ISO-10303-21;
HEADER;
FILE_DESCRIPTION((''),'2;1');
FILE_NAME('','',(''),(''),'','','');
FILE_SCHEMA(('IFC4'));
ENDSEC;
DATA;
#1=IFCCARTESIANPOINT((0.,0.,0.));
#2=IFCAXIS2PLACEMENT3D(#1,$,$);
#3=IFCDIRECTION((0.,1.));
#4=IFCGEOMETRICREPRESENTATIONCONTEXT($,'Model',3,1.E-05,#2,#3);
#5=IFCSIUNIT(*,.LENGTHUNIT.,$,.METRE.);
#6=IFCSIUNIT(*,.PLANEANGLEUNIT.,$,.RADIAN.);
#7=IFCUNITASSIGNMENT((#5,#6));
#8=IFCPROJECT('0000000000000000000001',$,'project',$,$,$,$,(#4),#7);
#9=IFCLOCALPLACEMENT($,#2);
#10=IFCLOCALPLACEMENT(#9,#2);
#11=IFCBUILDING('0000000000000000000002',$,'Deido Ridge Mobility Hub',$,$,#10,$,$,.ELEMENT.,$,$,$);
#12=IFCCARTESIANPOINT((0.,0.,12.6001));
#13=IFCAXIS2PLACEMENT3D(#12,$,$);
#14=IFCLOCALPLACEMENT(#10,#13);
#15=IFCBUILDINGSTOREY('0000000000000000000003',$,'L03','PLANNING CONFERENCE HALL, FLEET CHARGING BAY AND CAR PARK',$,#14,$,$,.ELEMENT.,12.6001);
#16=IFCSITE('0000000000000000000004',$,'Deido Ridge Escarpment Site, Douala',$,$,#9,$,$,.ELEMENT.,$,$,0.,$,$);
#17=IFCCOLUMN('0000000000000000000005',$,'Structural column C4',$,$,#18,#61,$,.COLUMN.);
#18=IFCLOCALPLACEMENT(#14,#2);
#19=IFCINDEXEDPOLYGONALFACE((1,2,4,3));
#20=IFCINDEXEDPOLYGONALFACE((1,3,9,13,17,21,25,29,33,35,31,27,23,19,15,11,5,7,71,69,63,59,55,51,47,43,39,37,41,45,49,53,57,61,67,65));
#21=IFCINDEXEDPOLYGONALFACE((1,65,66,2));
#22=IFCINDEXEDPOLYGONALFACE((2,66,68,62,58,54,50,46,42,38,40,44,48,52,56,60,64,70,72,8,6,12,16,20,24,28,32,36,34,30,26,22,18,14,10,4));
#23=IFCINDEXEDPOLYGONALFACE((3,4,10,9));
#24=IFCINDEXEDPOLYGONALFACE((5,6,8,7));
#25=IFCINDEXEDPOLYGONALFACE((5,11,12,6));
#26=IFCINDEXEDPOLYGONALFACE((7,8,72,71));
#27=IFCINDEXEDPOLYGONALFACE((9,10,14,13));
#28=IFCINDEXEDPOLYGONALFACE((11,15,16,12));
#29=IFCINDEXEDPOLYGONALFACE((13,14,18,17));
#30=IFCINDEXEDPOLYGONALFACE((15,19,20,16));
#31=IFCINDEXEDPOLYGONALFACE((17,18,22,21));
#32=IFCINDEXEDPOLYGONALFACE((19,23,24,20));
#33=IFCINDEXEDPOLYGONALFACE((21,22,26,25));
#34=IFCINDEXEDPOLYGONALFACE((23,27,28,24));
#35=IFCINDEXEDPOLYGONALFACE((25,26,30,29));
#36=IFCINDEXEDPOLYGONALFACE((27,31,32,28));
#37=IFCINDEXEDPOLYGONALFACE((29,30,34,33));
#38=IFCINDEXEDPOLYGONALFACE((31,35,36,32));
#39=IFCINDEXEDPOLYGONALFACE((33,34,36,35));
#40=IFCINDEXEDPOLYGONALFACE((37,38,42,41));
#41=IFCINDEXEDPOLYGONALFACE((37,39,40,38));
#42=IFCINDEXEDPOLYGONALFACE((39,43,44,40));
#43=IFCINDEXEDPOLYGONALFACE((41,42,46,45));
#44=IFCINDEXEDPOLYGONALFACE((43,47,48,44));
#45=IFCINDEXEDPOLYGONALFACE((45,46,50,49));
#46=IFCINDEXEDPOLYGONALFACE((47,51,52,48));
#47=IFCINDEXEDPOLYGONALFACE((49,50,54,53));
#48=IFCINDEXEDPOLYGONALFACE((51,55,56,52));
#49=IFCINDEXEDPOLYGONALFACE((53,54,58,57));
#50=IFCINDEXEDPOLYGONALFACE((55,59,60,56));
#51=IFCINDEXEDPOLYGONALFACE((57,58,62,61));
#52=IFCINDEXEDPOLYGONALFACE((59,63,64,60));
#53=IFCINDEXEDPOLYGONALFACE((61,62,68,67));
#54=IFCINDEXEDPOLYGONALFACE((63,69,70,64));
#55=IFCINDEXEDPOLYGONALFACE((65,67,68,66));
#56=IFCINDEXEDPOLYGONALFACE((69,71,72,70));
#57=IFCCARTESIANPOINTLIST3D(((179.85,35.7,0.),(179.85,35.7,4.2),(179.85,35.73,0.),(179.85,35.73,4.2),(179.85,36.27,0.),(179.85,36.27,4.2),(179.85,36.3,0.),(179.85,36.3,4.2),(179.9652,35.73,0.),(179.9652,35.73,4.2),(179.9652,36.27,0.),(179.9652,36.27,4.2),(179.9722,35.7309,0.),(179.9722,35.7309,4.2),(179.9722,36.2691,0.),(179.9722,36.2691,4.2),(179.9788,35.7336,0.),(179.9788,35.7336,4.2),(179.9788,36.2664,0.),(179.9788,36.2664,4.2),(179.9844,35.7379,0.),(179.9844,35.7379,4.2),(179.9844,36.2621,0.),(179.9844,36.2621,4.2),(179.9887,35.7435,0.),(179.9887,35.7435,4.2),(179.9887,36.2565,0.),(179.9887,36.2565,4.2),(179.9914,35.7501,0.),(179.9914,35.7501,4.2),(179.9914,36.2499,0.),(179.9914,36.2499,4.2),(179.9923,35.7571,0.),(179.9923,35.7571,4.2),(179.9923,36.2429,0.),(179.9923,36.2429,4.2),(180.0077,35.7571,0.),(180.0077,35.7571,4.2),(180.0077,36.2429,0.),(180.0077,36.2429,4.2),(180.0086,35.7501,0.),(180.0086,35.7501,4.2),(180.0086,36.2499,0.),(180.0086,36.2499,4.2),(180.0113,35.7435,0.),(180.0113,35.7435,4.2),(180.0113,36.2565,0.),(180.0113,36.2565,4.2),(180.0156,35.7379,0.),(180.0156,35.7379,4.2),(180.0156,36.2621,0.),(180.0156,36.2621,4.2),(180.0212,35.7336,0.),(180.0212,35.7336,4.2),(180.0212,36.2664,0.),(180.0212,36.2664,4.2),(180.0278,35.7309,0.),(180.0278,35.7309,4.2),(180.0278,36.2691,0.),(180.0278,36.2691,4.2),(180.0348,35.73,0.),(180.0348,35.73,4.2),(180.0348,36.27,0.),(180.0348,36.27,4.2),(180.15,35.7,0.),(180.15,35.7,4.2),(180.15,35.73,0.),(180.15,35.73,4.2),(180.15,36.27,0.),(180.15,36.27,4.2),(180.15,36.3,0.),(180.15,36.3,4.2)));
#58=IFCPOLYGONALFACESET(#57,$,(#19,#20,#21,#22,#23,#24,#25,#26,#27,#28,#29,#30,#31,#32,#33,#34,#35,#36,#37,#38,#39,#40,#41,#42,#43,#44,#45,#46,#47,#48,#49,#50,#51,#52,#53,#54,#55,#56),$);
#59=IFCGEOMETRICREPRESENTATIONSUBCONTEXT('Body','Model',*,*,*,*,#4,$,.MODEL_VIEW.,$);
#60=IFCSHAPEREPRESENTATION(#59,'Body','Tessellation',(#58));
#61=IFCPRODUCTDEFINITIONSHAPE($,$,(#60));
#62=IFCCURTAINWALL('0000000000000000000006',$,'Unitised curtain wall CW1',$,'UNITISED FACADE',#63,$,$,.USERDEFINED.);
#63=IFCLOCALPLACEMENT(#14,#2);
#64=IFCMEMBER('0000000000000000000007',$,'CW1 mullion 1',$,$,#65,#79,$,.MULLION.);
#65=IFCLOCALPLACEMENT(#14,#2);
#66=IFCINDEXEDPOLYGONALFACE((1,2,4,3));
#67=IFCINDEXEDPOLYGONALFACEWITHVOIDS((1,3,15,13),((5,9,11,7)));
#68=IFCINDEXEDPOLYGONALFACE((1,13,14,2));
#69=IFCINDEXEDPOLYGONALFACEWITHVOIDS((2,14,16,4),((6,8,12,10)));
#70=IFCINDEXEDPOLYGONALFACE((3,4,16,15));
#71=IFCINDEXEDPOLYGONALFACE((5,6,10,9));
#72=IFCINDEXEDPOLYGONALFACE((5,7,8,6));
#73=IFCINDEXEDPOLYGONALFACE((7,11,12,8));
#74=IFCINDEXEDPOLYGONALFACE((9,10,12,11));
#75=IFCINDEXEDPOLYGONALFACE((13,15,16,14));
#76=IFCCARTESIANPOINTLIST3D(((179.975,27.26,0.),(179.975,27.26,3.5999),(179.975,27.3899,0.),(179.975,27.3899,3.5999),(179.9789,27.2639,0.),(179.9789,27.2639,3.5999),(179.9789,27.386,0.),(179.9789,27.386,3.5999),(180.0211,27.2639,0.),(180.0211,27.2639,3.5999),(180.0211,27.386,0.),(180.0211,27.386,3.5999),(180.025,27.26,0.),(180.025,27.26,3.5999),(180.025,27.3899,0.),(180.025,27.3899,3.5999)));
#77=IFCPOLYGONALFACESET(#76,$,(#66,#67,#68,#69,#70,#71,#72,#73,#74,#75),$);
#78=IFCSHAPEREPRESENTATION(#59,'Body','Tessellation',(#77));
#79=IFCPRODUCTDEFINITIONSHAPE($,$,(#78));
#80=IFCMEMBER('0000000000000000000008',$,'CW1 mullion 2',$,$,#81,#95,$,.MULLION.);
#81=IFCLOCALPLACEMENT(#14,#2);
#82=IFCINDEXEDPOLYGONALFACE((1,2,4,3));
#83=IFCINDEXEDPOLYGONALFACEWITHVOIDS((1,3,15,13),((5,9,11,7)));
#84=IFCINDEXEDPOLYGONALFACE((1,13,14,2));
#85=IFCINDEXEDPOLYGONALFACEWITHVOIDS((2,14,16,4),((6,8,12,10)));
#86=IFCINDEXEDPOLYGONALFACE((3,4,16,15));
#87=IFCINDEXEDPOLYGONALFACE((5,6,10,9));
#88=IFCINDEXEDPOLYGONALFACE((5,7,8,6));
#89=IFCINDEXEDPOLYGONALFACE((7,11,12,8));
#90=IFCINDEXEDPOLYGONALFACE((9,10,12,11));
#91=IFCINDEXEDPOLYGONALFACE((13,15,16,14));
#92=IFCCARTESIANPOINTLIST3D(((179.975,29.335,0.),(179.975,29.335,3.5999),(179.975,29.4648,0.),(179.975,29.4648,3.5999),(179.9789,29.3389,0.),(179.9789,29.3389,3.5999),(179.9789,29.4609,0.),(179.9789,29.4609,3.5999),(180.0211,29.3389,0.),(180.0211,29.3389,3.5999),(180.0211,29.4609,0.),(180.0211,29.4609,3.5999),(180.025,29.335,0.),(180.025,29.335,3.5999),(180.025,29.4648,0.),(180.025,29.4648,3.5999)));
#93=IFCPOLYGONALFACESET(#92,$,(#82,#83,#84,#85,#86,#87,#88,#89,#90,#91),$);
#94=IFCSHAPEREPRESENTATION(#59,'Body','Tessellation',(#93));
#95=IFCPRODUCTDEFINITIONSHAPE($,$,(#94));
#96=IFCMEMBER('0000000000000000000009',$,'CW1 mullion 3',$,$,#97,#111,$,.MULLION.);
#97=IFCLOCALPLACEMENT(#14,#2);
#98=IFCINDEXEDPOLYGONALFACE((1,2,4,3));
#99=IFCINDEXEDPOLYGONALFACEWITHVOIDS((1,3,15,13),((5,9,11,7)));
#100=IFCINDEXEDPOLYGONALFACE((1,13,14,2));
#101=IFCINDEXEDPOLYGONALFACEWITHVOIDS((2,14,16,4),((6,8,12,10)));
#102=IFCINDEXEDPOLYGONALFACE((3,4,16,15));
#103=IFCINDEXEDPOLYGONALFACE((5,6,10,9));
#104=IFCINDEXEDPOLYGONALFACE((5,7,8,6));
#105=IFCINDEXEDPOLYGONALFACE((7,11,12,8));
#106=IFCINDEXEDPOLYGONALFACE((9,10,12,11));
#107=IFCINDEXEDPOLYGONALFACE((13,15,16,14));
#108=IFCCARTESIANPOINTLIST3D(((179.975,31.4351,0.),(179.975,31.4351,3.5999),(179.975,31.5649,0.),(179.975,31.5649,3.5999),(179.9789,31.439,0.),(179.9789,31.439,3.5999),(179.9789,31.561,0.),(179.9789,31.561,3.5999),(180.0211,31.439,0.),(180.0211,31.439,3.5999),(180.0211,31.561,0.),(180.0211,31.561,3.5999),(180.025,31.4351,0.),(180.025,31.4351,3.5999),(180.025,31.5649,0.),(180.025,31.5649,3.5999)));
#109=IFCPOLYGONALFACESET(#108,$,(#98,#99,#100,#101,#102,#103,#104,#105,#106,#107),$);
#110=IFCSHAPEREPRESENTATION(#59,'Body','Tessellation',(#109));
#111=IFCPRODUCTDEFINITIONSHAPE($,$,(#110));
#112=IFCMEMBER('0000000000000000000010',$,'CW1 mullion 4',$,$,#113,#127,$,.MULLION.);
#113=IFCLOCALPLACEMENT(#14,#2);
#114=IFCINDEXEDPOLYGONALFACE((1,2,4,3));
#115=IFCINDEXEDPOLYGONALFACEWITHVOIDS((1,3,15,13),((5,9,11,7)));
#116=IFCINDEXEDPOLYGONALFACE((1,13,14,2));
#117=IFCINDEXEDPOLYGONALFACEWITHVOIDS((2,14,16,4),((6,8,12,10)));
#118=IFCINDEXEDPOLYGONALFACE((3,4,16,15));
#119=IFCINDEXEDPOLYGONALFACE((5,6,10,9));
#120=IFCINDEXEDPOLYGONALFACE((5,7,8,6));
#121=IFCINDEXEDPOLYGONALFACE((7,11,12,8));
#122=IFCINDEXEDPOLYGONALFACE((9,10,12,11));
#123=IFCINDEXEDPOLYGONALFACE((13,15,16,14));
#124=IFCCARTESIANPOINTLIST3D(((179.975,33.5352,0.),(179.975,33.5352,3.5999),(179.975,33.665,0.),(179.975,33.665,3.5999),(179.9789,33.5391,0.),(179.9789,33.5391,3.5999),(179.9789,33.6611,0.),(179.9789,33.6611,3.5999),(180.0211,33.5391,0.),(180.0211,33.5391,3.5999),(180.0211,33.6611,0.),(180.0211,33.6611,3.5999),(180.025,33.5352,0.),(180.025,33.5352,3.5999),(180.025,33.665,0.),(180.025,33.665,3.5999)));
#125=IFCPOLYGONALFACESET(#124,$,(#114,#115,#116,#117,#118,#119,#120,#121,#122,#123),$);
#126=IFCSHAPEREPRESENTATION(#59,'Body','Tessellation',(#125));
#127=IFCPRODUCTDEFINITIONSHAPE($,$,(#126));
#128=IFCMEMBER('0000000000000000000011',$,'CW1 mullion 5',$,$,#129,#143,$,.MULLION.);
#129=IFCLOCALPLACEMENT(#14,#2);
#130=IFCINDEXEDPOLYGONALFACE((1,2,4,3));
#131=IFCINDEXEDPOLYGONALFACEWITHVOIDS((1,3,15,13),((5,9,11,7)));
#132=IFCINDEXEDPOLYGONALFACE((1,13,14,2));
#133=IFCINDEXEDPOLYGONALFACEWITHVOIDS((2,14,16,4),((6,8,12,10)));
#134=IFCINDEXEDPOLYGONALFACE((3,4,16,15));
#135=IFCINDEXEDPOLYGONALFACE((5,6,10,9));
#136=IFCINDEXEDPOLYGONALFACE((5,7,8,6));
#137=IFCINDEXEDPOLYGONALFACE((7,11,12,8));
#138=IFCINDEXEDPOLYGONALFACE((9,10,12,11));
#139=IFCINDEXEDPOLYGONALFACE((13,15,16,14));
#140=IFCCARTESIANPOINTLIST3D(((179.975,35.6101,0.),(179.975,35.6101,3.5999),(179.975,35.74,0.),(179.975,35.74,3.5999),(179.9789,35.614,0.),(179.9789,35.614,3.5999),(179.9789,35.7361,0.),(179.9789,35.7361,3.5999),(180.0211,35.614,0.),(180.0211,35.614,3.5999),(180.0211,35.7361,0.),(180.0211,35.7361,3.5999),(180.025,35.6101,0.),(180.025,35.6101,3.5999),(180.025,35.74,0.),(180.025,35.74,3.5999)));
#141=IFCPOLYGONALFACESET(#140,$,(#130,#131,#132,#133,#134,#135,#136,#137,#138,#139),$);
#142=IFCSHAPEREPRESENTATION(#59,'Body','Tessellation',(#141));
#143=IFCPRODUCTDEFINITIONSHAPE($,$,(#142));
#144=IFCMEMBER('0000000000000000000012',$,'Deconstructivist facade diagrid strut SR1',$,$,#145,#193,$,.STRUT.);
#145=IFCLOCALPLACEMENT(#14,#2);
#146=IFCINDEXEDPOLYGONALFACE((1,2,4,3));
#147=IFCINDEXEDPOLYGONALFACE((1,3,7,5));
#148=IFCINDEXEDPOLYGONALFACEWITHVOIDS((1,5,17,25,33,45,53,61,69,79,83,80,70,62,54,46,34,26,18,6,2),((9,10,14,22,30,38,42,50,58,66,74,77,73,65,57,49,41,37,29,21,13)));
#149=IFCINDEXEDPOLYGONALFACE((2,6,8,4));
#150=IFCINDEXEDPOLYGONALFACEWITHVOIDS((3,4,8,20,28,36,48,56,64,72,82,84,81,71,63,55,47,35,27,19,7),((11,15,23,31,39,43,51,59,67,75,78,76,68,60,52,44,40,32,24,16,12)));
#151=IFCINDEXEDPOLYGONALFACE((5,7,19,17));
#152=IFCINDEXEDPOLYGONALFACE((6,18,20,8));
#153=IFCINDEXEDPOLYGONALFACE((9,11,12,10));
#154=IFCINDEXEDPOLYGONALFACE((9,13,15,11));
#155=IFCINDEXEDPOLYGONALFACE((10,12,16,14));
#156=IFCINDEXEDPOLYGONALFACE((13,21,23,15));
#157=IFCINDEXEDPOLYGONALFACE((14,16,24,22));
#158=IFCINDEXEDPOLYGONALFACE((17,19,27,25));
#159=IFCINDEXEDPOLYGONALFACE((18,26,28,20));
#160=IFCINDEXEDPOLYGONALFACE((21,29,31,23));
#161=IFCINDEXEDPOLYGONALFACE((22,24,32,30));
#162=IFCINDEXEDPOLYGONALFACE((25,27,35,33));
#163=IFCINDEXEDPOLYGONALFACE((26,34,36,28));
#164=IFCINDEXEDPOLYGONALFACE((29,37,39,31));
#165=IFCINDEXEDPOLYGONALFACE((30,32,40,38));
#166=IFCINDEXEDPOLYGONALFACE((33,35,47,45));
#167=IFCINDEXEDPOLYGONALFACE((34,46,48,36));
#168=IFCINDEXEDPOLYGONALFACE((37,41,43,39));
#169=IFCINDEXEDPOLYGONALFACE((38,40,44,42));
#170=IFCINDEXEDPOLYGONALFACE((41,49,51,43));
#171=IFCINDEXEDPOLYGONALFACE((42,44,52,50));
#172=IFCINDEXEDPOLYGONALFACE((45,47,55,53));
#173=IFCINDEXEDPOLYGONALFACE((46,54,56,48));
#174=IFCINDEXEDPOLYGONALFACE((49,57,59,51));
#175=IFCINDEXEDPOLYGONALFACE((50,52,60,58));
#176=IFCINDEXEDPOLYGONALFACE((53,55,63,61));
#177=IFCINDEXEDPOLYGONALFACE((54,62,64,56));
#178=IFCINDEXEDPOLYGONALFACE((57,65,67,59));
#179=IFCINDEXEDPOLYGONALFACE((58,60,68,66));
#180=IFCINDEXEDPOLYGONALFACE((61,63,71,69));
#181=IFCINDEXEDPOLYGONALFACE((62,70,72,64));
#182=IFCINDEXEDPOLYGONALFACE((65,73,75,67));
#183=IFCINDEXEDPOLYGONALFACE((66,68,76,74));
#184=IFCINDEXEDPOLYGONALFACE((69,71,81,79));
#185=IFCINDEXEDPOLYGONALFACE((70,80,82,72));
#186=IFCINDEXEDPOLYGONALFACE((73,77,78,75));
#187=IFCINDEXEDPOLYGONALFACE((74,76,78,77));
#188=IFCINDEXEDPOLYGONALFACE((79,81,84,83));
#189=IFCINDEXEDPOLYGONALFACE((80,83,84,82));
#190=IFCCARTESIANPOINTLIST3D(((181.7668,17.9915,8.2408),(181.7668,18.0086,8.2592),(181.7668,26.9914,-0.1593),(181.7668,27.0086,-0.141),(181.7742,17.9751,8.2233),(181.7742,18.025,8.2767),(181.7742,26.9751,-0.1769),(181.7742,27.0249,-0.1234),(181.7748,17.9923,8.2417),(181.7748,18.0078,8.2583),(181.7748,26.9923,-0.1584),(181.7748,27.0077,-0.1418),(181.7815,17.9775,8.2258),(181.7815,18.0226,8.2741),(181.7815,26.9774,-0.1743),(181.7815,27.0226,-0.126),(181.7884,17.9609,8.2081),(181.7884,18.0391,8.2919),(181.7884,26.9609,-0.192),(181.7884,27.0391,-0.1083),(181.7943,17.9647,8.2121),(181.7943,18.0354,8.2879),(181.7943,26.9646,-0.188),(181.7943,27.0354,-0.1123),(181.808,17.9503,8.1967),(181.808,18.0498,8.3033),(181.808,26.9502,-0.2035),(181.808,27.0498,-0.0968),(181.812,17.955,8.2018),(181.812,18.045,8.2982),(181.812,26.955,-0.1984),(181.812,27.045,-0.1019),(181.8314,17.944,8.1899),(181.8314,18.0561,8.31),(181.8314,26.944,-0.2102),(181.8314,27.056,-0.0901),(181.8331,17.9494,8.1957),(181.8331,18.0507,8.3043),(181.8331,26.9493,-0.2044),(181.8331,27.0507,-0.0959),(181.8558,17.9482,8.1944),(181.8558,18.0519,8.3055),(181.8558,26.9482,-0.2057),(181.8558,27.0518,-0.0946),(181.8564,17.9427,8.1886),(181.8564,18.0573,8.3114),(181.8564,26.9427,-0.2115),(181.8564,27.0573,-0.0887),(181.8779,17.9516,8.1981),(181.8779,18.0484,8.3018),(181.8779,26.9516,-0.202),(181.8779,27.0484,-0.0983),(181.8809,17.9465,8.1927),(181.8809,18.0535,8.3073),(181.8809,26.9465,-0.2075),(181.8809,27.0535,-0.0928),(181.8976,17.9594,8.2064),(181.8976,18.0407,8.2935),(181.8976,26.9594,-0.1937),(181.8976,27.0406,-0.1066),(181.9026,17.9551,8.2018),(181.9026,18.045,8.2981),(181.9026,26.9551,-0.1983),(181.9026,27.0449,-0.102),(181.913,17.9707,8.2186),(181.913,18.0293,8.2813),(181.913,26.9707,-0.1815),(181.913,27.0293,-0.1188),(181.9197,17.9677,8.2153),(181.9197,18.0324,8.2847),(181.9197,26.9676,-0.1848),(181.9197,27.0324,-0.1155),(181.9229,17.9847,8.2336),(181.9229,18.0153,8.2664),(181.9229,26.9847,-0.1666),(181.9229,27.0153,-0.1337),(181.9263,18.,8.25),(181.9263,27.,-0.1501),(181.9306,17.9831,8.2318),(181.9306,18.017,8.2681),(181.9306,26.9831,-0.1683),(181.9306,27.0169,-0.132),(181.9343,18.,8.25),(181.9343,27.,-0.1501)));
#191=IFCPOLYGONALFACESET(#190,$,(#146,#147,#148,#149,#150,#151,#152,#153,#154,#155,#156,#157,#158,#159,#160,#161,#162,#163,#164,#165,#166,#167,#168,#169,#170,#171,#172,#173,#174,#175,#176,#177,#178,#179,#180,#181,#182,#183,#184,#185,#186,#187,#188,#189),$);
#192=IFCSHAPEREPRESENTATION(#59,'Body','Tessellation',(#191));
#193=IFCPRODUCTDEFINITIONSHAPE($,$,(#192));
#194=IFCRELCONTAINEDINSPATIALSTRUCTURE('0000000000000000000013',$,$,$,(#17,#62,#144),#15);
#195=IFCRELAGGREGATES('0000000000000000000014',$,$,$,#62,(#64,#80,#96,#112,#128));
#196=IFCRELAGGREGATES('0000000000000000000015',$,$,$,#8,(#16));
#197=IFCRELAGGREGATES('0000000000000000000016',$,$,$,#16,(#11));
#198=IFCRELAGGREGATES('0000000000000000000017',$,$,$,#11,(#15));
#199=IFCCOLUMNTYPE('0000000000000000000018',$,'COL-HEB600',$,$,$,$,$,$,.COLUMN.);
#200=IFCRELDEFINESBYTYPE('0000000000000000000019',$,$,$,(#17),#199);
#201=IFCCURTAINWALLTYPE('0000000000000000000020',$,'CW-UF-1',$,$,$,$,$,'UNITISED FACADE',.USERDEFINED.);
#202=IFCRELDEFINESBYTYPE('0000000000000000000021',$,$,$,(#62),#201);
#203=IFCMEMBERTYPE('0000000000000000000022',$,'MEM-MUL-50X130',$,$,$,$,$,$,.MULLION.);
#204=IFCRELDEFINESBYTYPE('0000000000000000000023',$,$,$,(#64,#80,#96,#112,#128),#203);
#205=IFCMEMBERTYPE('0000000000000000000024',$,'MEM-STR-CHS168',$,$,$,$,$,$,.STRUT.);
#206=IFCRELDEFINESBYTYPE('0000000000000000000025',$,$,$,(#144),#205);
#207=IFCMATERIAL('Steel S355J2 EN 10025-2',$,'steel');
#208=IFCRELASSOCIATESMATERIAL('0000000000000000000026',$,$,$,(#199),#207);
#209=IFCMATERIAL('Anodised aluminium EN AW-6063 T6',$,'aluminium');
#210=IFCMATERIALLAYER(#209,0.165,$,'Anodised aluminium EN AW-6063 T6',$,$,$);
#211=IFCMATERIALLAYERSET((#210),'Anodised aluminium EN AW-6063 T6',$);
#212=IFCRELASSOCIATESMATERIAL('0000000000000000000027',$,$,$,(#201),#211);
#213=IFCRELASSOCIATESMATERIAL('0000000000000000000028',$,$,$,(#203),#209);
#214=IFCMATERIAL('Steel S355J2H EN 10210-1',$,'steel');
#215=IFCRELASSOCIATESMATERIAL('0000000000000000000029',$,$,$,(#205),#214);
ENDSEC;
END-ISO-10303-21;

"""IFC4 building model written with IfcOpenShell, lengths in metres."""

from ifc_helpers import new_model, si_unit, direction, frame, origin, origin_2d, place, context, subcontext, project, spatial, hollow_rectangle, hollow_circle, i_section, extrude, material, layer, layer_set, material_profile, profile_set, type_object, element, aggregate, save


model = new_model("IFC4")

# Units and contexts
model_context = context("Model", 3, precision=1e-05, world=origin(), true_north=direction((0.0, 1.0)))
body_context = subcontext(model_context, "Body", "Model", "MODEL_VIEW")
ifc_project = project(units=[si_unit("LENGTHUNIT", "METRE"), si_unit("PLANEANGLEUNIT", "RADIAN")], contexts=[model_context])

# Site, building, storey
site_placement = place(None, origin())
site = spatial("IfcSite", under=ifc_project, at=site_placement, Name="Deido Ridge Escarpment Site, Douala", CompositionType="ELEMENT", RefElevation=0.0)
building_placement = place(site_placement, origin())
building = spatial("IfcBuilding", under=site, at=building_placement, Name="Deido Ridge Mobility Hub", CompositionType="ELEMENT")
storey_placement = place(building_placement, frame((0.0, 0.0, 12.6001)))
storey = spatial("IfcBuildingStorey", under=building, at=storey_placement, Name="L03", Description="PLANNING CONFERENCE HALL, FLEET CHARGING BAY AND CAR PARK", CompositionType="ELEMENT", Elevation=12.6001)

# Column
ifc_material_1 = material(Name="Steel S355J2 EN 10025-2", Category="steel")
ifc_material_profile_1 = material_profile(ifc_material_1, i_section(OverallWidth=0.3, OverallDepth=0.6001, WebThickness=0.0154, FlangeThickness=0.03, FilletRadius=0.0271, at=origin_2d()), Name="HEB 600")
ifc_profile_set_1 = profile_set([ifc_material_profile_1], Name="Steel S355J2 EN 10025-2")
column_type = type_object("IfcColumnType", Name="COL-HEB600", PredefinedType="COLUMN", material=ifc_profile_set_1)
column_placement = place(storey_placement, frame((180.0, 36.0, 0.0), z_axis=(0.0, 0.0, 1.0), x_axis=(1.0, 0.0, 0.0)))
element("IfcColumn", 1, at=column_placement, inside=storey, type_object=column_type, Name="Structural column C4", PredefinedType="COLUMN", context=body_context, shape_type="SweptSolid", body=[
    extrude(i_section(OverallWidth=0.3, OverallDepth=0.6001, WebThickness=0.0154, FlangeThickness=0.03, FilletRadius=0.0271, at=origin_2d()), origin(), (0.0, 0.0, 1.0), 4.2),
])

# Curtain wall, members
ifc_material_2 = material(Name="Anodised aluminium EN AW-6063 T6", Category="aluminium")
ifc_layer_1 = layer(ifc_material_2, 0.165, Name="Anodised aluminium EN AW-6063 T6")
ifc_layer_set_1 = layer_set([ifc_layer_1], Name="Anodised aluminium EN AW-6063 T6")
curtain_wall_type = type_object("IfcCurtainWallType", Name="CW-UF-1", ElementType="UNITISED FACADE", PredefinedType="USERDEFINED", material=ifc_layer_set_1)
curtain_wall_placement = place(storey_placement, origin())
curtain_wall = element("IfcCurtainWall", 2, at=curtain_wall_placement, inside=storey, type_object=curtain_wall_type, Name="Unitised curtain wall CW1", ObjectType="UNITISED FACADE", PredefinedType="USERDEFINED")
ifc_material_profile_2 = material_profile(ifc_material_2, hollow_rectangle(XDim=0.05, YDim=0.1299, WallThickness=0.0039, at=origin_2d()), Name="RHS 50x130x4")
ifc_profile_set_2 = profile_set([ifc_material_profile_2], Name="Anodised aluminium EN AW-6063 T6")
member_type_1 = type_object("IfcMemberType", Name="MEM-MUL-50X130", PredefinedType="MULLION", material=ifc_profile_set_2)
member_1_placement = place(storey_placement, frame((180.0, 27.325, 0.0), z_axis=(0.0, 0.0, 1.0), x_axis=(-1.0, 0.0, 0.0)))
member_1 = element("IfcMember", 3, at=member_1_placement, type_object=member_type_1, Name="CW1 mullion 1", PredefinedType="MULLION", context=body_context, shape_type="SweptSolid", body=[
    extrude(hollow_rectangle(XDim=0.05, YDim=0.1299, WallThickness=0.0039, at=origin_2d()), origin(), (0.0, 0.0, 1.0), 3.5999),
])
member_2_placement = place(storey_placement, frame((180.0, 29.3999, 0.0), z_axis=(0.0, 0.0, 1.0), x_axis=(-1.0, 0.0, 0.0)))
member_2 = element("IfcMember", 4, at=member_2_placement, type_object=member_type_1, Name="CW1 mullion 2", PredefinedType="MULLION", context=body_context, shape_type="SweptSolid", body=[
    extrude(hollow_rectangle(XDim=0.05, YDim=0.1299, WallThickness=0.0039, at=origin_2d()), origin(), (0.0, 0.0, 1.0), 3.5999),
])
member_3_placement = place(storey_placement, frame((180.0, 31.5, 0.0), z_axis=(0.0, 0.0, 1.0), x_axis=(-1.0, 0.0, 0.0)))
member_3 = element("IfcMember", 5, at=member_3_placement, type_object=member_type_1, Name="CW1 mullion 3", PredefinedType="MULLION", context=body_context, shape_type="SweptSolid", body=[
    extrude(hollow_rectangle(XDim=0.05, YDim=0.1299, WallThickness=0.0039, at=origin_2d()), origin(), (0.0, 0.0, 1.0), 3.5999),
])
member_4_placement = place(storey_placement, frame((180.0, 33.6001, 0.0), z_axis=(0.0, 0.0, 1.0), x_axis=(-1.0, 0.0, 0.0)))
member_4 = element("IfcMember", 6, at=member_4_placement, type_object=member_type_1, Name="CW1 mullion 4", PredefinedType="MULLION", context=body_context, shape_type="SweptSolid", body=[
    extrude(hollow_rectangle(XDim=0.05, YDim=0.1299, WallThickness=0.0039, at=origin_2d()), origin(), (0.0, 0.0, 1.0), 3.5999),
])
member_5_placement = place(storey_placement, frame((180.0, 35.675, 0.0), z_axis=(0.0, 0.0, 1.0), x_axis=(-1.0, 0.0, 0.0)))
member_5 = element("IfcMember", 7, at=member_5_placement, type_object=member_type_1, Name="CW1 mullion 5", PredefinedType="MULLION", context=body_context, shape_type="SweptSolid", body=[
    extrude(hollow_rectangle(XDim=0.05, YDim=0.1299, WallThickness=0.0039, at=origin_2d()), origin(), (0.0, 0.0, 1.0), 3.5999),
])

# Member
ifc_material_3 = material(Name="Steel S355J2H EN 10210-1", Category="steel")
ifc_material_profile_3 = material_profile(ifc_material_3, hollow_circle(Radius=0.0842, WallThickness=0.0081, at=origin_2d()), Name="CHS 168.3x8")
ifc_profile_set_3 = profile_set([ifc_material_profile_3], Name="Steel S355J2H EN 10210-1")
member_type_2 = type_object("IfcMemberType", Name="MEM-STR-CHS168", PredefinedType="STRUT", material=ifc_profile_set_3)
member_6_placement = place(storey_placement, frame((181.8501, 27.0, -0.1501), z_axis=(0.0, -0.731049, 0.682325), x_axis=(1.0, 0.0, 0.0)))
element("IfcMember", 8, at=member_6_placement, inside=storey, type_object=member_type_2, Name="Deconstructivist facade diagrid strut SR1", PredefinedType="STRUT", context=body_context, shape_type="SweptSolid", body=[
    extrude(hollow_circle(Radius=0.0842, WallThickness=0.0081, at=origin_2d()), origin(), (0.0, 0.0, 1.0), 12.311),
])

aggregate(curtain_wall, [member_1, member_2, member_3, member_4, member_5])

save(model, "model.ifc")
